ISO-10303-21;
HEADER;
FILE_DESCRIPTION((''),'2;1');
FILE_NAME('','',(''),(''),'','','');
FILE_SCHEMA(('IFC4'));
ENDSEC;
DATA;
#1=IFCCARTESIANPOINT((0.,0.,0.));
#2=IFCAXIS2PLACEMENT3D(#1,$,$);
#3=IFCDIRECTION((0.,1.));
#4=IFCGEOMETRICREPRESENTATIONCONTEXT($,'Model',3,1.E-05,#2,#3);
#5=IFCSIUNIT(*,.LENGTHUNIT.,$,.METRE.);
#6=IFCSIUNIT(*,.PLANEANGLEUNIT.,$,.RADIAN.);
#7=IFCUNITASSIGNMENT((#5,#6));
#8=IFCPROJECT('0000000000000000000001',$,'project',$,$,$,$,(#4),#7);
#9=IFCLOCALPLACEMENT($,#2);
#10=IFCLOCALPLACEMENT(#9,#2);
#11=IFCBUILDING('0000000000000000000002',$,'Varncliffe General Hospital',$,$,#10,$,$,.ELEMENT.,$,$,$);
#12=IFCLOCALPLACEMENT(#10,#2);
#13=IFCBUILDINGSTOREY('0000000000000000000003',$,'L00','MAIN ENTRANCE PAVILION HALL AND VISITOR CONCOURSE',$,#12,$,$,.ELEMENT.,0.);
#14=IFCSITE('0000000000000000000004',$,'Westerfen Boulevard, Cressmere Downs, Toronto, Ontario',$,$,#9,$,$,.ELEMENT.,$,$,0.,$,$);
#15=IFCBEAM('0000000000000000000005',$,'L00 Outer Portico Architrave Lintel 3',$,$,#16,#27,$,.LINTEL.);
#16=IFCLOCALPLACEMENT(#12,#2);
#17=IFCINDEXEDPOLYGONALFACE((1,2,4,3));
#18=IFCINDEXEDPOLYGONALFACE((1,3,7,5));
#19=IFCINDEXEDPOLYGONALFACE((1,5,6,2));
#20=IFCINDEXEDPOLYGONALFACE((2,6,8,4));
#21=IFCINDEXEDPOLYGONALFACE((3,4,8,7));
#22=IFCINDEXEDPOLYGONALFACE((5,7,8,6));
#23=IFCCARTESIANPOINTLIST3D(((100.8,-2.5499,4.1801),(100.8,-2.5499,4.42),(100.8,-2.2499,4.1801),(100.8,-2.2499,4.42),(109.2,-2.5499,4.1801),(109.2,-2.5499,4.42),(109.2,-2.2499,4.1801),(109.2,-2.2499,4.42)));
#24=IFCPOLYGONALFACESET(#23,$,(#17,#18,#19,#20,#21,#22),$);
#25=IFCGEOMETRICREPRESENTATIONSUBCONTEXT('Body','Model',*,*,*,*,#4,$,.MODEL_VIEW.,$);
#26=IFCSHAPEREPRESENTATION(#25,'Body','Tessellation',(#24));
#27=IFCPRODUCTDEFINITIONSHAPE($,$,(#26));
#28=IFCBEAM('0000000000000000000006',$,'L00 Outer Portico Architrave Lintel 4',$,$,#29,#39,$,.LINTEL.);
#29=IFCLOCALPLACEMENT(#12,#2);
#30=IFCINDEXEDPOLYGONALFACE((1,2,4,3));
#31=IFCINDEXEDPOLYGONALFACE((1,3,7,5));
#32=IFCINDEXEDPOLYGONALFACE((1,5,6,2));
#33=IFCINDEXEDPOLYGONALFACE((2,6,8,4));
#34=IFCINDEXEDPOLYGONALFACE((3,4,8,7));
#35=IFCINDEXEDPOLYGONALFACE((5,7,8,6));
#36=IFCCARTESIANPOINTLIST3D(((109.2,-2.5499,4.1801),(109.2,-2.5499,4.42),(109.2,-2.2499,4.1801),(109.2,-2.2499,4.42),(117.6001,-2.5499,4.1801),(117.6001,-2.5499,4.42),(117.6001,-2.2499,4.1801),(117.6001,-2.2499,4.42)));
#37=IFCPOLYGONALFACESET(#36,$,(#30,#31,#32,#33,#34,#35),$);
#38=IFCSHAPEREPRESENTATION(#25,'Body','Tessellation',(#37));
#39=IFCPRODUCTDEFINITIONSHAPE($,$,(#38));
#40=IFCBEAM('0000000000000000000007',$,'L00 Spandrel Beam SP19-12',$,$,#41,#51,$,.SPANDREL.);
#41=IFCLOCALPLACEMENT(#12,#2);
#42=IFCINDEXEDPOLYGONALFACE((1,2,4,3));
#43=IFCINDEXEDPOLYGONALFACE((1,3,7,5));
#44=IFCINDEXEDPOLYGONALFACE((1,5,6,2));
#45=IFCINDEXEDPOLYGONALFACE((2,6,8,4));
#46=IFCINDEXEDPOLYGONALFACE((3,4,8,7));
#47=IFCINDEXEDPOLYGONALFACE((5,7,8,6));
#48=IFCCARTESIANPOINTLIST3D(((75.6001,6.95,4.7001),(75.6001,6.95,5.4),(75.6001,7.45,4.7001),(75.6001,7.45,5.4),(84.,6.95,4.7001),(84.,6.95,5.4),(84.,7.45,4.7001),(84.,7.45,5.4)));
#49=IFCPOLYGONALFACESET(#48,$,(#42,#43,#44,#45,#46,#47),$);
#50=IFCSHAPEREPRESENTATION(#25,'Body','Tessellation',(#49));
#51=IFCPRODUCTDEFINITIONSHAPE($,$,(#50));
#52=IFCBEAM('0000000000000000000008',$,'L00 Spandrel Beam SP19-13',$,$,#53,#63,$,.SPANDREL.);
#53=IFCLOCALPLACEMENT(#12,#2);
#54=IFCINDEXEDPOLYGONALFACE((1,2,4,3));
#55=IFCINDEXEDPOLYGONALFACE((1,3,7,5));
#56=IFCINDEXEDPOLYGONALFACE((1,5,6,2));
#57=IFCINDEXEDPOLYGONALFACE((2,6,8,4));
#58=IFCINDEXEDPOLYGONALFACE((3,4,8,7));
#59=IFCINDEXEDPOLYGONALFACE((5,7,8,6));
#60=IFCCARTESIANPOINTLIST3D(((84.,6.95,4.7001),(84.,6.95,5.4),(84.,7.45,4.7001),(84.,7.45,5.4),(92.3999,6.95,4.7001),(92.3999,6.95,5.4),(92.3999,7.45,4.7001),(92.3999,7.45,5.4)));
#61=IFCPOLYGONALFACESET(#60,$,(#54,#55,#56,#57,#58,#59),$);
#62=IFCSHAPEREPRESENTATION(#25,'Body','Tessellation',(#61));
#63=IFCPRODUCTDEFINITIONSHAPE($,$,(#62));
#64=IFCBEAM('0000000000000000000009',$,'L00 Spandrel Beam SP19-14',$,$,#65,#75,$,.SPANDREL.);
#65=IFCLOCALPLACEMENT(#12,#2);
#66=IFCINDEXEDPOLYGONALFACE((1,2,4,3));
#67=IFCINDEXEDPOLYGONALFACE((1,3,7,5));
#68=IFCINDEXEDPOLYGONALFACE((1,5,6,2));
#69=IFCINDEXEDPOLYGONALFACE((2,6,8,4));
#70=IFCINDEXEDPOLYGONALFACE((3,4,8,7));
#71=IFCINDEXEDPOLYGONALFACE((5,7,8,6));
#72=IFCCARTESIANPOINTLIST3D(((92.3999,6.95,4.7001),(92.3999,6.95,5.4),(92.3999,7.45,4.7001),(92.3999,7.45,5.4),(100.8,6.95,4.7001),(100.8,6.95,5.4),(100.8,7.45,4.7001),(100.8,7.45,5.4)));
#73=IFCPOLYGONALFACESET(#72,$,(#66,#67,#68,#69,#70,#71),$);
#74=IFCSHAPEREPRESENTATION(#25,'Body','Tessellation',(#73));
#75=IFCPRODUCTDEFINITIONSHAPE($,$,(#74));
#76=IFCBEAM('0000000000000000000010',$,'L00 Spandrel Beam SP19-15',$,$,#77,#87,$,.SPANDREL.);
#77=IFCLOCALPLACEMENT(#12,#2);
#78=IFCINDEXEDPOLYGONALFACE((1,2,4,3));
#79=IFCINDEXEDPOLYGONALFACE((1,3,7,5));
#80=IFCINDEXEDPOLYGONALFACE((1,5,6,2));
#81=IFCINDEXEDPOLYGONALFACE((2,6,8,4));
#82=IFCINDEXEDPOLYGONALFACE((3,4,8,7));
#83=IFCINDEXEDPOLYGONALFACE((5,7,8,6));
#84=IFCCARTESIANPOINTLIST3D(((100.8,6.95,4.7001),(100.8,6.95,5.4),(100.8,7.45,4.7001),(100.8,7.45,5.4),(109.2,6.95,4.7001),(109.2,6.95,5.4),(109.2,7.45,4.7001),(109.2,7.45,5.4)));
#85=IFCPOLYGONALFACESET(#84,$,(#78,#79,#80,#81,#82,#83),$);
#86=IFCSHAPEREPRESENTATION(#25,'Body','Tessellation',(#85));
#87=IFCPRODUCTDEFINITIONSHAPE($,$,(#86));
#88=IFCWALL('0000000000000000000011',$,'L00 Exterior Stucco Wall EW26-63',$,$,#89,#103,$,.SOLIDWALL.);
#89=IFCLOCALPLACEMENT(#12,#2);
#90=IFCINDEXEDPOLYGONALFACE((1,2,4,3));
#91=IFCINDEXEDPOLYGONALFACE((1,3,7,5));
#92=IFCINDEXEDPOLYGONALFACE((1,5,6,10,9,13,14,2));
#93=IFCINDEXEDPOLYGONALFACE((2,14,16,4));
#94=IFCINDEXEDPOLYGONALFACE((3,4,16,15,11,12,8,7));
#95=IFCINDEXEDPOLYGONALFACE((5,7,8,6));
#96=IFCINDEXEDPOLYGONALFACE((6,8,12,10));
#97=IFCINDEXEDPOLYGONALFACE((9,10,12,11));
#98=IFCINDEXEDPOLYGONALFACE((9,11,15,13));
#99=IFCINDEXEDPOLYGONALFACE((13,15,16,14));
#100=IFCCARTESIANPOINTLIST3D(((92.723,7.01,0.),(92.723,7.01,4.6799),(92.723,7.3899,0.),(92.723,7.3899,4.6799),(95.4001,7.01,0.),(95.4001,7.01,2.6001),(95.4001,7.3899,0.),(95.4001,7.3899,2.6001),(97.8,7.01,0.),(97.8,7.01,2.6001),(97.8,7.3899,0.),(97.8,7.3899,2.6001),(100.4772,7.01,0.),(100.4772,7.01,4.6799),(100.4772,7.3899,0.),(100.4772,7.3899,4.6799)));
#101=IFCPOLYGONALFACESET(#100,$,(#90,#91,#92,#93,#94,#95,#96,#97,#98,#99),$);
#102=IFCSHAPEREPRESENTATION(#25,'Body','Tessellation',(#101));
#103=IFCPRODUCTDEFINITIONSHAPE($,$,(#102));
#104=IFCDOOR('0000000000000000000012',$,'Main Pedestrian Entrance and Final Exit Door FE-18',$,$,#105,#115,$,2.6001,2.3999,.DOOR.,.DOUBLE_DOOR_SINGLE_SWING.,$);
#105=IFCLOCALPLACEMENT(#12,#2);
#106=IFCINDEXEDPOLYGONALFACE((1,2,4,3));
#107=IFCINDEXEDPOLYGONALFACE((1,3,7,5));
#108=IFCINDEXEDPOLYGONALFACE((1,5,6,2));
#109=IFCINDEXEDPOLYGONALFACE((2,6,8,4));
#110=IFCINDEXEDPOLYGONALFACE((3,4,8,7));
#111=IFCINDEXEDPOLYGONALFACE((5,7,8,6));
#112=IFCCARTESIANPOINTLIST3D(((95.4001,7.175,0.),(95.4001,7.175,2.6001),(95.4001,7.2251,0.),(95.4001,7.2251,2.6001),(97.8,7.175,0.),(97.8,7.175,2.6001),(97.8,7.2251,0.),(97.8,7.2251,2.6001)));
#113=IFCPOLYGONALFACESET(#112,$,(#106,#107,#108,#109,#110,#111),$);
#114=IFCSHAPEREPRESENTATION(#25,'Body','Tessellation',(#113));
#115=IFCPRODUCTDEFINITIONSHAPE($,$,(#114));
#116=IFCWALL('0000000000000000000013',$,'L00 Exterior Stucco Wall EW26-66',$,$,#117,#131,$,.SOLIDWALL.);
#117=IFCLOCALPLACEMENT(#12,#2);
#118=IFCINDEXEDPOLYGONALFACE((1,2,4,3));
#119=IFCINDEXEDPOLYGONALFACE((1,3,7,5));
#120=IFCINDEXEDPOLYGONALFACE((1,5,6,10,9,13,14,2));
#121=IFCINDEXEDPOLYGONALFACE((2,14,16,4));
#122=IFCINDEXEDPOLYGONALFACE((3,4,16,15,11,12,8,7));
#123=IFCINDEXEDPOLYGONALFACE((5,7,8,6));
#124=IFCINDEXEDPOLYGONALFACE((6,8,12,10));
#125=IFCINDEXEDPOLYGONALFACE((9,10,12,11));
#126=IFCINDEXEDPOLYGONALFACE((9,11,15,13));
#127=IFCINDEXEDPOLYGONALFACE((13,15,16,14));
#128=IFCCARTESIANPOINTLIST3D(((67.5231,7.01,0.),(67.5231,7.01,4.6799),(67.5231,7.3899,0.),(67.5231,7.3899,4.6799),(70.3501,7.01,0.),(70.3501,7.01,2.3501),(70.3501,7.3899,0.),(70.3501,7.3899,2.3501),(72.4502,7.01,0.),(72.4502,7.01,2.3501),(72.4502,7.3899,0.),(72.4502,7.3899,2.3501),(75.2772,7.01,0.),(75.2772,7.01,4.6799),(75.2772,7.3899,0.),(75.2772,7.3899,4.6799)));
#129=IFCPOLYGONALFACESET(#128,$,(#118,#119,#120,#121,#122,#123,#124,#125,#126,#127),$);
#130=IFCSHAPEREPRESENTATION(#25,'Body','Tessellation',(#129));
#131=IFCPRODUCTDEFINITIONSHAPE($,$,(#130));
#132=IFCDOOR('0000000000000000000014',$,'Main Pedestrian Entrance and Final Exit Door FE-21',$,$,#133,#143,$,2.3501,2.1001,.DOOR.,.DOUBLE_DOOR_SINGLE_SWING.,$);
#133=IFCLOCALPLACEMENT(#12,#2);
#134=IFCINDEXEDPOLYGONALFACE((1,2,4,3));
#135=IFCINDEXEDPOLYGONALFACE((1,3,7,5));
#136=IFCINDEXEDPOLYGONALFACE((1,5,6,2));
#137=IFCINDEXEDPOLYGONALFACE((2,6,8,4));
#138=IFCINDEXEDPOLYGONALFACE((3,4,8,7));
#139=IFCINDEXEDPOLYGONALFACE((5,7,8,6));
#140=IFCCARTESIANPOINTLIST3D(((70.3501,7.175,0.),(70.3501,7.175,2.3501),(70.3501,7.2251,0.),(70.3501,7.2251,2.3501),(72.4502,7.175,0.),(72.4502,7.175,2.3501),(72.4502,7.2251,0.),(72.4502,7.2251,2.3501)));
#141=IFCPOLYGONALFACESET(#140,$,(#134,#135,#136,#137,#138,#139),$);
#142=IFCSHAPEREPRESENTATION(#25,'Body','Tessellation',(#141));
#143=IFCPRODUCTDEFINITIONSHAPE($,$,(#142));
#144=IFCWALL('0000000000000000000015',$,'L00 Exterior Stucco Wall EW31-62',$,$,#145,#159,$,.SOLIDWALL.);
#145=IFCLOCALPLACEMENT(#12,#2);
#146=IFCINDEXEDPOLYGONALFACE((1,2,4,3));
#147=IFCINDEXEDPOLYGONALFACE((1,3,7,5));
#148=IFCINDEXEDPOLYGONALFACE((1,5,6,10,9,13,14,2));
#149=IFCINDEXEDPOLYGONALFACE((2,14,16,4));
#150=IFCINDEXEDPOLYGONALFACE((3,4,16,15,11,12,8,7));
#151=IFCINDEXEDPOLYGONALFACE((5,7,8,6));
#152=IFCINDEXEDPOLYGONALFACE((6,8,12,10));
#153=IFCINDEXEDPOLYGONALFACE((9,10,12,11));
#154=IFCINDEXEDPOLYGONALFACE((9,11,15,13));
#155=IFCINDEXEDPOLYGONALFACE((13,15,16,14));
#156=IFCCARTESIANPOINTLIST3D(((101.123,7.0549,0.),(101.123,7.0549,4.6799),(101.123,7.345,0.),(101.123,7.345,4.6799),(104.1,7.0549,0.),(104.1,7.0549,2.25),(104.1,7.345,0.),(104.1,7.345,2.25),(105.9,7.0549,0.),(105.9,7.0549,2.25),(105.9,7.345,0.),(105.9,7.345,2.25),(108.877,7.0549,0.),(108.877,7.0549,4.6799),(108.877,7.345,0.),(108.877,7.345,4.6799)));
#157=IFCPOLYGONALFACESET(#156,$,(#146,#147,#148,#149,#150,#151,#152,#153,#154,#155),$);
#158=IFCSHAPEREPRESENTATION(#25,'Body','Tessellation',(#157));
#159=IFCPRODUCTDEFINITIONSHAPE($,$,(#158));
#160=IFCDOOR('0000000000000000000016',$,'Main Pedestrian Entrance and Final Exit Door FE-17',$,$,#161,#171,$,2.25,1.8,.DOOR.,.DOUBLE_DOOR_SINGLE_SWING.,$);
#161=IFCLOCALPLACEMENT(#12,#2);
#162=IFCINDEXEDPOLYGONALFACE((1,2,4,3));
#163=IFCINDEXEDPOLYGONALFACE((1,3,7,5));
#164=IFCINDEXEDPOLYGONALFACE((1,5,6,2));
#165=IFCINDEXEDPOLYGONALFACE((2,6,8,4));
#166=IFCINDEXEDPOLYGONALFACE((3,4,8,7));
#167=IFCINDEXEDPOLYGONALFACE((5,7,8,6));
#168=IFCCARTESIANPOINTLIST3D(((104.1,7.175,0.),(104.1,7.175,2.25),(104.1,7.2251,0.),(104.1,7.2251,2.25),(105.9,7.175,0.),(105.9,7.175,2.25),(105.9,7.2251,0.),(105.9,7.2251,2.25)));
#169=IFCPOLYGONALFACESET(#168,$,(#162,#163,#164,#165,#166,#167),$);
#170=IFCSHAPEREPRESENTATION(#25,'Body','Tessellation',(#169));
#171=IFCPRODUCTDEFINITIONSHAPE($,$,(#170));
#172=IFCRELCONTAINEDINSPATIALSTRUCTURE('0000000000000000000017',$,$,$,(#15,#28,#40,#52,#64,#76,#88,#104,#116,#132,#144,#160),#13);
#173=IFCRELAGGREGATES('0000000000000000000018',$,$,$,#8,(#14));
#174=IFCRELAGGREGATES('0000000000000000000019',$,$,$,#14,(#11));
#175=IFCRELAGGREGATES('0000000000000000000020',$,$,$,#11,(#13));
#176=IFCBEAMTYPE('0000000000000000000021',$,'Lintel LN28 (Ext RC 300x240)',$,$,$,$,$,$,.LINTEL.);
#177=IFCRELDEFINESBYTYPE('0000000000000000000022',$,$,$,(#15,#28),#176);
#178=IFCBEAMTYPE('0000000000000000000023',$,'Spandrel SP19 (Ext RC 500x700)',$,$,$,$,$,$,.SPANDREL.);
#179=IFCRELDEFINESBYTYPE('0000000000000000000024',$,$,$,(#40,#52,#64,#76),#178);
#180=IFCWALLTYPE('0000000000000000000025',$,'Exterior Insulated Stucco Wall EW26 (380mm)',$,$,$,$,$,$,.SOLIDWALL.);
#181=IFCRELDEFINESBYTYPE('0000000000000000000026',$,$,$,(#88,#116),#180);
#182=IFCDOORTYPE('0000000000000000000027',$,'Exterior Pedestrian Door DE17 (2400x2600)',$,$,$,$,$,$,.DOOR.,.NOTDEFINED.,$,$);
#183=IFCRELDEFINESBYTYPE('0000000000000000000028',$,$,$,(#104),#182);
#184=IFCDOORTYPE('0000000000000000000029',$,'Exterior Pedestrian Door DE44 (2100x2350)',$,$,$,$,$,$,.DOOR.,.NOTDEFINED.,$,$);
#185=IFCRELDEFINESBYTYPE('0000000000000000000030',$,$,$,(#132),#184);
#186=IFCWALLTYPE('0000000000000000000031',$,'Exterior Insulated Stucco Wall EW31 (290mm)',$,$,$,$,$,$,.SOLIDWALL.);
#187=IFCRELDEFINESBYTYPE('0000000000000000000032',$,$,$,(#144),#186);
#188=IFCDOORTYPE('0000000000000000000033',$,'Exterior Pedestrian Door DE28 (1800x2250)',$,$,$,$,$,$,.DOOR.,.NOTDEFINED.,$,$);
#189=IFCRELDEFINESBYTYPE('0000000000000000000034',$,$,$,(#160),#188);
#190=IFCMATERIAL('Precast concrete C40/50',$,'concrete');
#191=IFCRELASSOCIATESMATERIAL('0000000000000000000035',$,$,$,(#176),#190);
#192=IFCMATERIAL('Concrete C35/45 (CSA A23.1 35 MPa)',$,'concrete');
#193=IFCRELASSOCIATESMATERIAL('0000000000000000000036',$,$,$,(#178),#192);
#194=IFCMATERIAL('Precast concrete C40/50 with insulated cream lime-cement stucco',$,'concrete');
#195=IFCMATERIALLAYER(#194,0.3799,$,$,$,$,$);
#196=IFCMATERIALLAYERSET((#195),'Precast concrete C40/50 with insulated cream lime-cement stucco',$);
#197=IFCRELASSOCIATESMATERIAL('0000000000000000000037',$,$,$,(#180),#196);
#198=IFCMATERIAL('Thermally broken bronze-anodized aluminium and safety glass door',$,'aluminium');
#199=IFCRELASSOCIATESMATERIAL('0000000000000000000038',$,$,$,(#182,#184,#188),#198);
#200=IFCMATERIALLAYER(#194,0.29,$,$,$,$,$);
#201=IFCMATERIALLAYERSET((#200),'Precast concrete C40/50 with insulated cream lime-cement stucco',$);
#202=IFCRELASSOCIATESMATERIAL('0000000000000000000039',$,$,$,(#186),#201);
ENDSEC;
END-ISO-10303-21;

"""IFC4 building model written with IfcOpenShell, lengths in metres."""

from ifc_helpers import new_model, si_unit, direction, frame, frame_2d, origin, origin_2d, place, context, subcontext, project, spatial, rectangle, extrude, material, layer, layer_set, material_profile, profile_set, type_object, element, fill, save


model = new_model("IFC4")

# Units and contexts
model_context = context("Model", 3, precision=1e-05, world=origin(), true_north=direction((0.0, 1.0)))
body_context = subcontext(model_context, "Body", "Model", "MODEL_VIEW")
ifc_project = project(units=[si_unit("LENGTHUNIT", "METRE"), si_unit("PLANEANGLEUNIT", "RADIAN")], contexts=[model_context])

# Site, building, storey
site_placement = place(None, origin())
site = spatial("IfcSite", under=ifc_project, at=site_placement, Name="Westerfen Boulevard, Cressmere Downs, Toronto, Ontario", CompositionType="ELEMENT", RefElevation=0.0)
building_placement = place(site_placement, origin())
building = spatial("IfcBuilding", under=site, at=building_placement, Name="Varncliffe General Hospital", CompositionType="ELEMENT")
storey_placement = place(building_placement, origin())
storey = spatial("IfcBuildingStorey", under=building, at=storey_placement, Name="L00", Description="MAIN ENTRANCE PAVILION HALL AND VISITOR CONCOURSE", CompositionType="ELEMENT", Elevation=0.0)

# Beams
ifc_material_1 = material(Name="Precast concrete C40/50", Category="concrete")
ifc_material_profile_1 = material_profile(ifc_material_1, rectangle(XDim=0.3, YDim=0.24, at=origin_2d()), Name="RC 300x240")
ifc_profile_set_1 = profile_set([ifc_material_profile_1], Name="Precast concrete C40/50")
beam_type_1 = type_object("IfcBeamType", Name="Lintel LN28 (Ext RC 300x240)", PredefinedType="LINTEL", material=ifc_profile_set_1)
beam_1_placement = place(storey_placement, frame((100.8, -2.3999, 4.3), z_axis=(1.0, 0.0, 0.0), x_axis=(0.0, 1.0, 0.0)))
element("IfcBeam", 1, at=beam_1_placement, inside=storey, type_object=beam_type_1, Name="L00 Outer Portico Architrave Lintel 3", PredefinedType="LINTEL", context=body_context, shape_type="SweptSolid", body=[
    extrude(rectangle(XDim=0.3, YDim=0.24, at=origin_2d()), origin(), (0.0, 0.0, 1.0), 8.3999),
])
beam_2_placement = place(storey_placement, frame((109.2, -2.3999, 4.3), z_axis=(1.0, 0.0, 0.0), x_axis=(0.0, 1.0, 0.0)))
element("IfcBeam", 2, at=beam_2_placement, inside=storey, type_object=beam_type_1, Name="L00 Outer Portico Architrave Lintel 4", PredefinedType="LINTEL", context=body_context, shape_type="SweptSolid", body=[
    extrude(rectangle(XDim=0.3, YDim=0.24, at=origin_2d()), origin(), (0.0, 0.0, 1.0), 8.4001),
])
ifc_material_2 = material(Name="Concrete C35/45 (CSA A23.1 35 MPa)", Category="concrete")
ifc_material_profile_2 = material_profile(ifc_material_2, rectangle(XDim=0.5, YDim=0.7, at=origin_2d()), Name="RC 500x700")
ifc_profile_set_2 = profile_set([ifc_material_profile_2], Name="Concrete C35/45 (CSA A23.1 35 MPa)")
beam_type_2 = type_object("IfcBeamType", Name="Spandrel SP19 (Ext RC 500x700)", PredefinedType="SPANDREL", material=ifc_profile_set_2)
for number, where, z_axis, x_axis, name in (
    (3, (75.6001, 7.2, 5.05), (1.0, 0.0, 0.0), (0.0, 1.0, 0.0), "L00 Spandrel Beam SP19-12"),
    (4, (84.0, 7.2, 5.05), (1.0, 0.0, 0.0), (0.0, 1.0, 0.0), "L00 Spandrel Beam SP19-13"),
):
    element("IfcBeam", number, at=place(storey_placement, frame(where, z_axis=z_axis, x_axis=x_axis)), inside=storey, type_object=beam_type_2, Name=name, PredefinedType="SPANDREL", context=body_context, shape_type="SweptSolid", body=[
        extrude(rectangle(XDim=0.5, YDim=0.7, at=origin_2d()), origin(), (0.0, 0.0, 1.0), 8.3999),
    ])
beam_3_placement = place(storey_placement, frame((92.3999, 7.2, 5.05), z_axis=(1.0, 0.0, 0.0), x_axis=(0.0, 1.0, 0.0)))
element("IfcBeam", 5, at=beam_3_placement, inside=storey, type_object=beam_type_2, Name="L00 Spandrel Beam SP19-14", PredefinedType="SPANDREL", context=body_context, shape_type="SweptSolid", body=[
    extrude(rectangle(XDim=0.5, YDim=0.7, at=origin_2d()), origin(), (0.0, 0.0, 1.0), 8.4001),
])
beam_4_placement = place(storey_placement, frame((100.8, 7.2, 5.05), z_axis=(1.0, 0.0, 0.0), x_axis=(0.0, 1.0, 0.0)))
element("IfcBeam", 6, at=beam_4_placement, inside=storey, type_object=beam_type_2, Name="L00 Spandrel Beam SP19-15", PredefinedType="SPANDREL", context=body_context, shape_type="SweptSolid", body=[
    extrude(rectangle(XDim=0.5, YDim=0.7, at=origin_2d()), origin(), (0.0, 0.0, 1.0), 8.3999),
])

# Walls, openings, doors
ifc_material_3 = material(Name="Precast concrete C40/50 with insulated cream lime-cement stucco", Category="concrete")
ifc_layer_1 = layer(ifc_material_3, 0.3799)
ifc_layer_set_1 = layer_set([ifc_layer_1], Name="Precast concrete C40/50 with insulated cream lime-cement stucco")
wall_type_1 = type_object("IfcWallType", Name="Exterior Insulated Stucco Wall EW26 (380mm)", PredefinedType="SOLIDWALL", material=ifc_layer_set_1)
wall_1_placement = place(storey_placement, frame((100.4771, 7.2, 0.0), z_axis=(0.0, 0.0, 1.0), x_axis=(-1.0, 0.0, 0.0)))
wall_1 = element("IfcWall", 7, at=wall_1_placement, inside=storey, type_object=wall_type_1, Name="L00 Exterior Stucco Wall EW26-63", PredefinedType="SOLIDWALL", context=body_context, shape_type="SweptSolid", body=[
    extrude(rectangle(XDim=7.7542, YDim=0.3799, at=frame_2d((3.877, 0.0))), origin(), (0.0, 0.0, 1.0), 4.6799),
])
opening_1_placement = place(wall_1_placement, frame((2.677, 0.0, 0.0)))
opening_1 = element("IfcOpeningElement", 8, at=opening_1_placement, cuts=wall_1, PredefinedType="OPENING", context=body_context, shape_type="SweptSolid", body=[
    extrude(rectangle(XDim=2.3999, YDim=2.6001, at=frame_2d((1.2, 1.3))), frame((0.0, 0.2, 0.0), z_axis=(0.0, -1.0, 0.0), x_axis=(1.0, 0.0, 0.0)), (0.0, 0.0, 1.0), 0.3999),
])
ifc_material_4 = material(Name="Thermally broken bronze-anodized aluminium and safety glass door", Category="aluminium")
door_type_1 = type_object("IfcDoorType", Name="Exterior Pedestrian Door DE17 (2400x2600)", OperationType="NOTDEFINED", PredefinedType="DOOR", material=ifc_material_4)
door_1_placement = place(opening_1_placement, origin())
door_1 = element("IfcDoor", 9, at=door_1_placement, inside=storey, type_object=door_type_1, Name="Main Pedestrian Entrance and Final Exit Door FE-18", OperationType="DOUBLE_DOOR_SINGLE_SWING", OverallHeight=2.6001, OverallWidth=2.3999, PredefinedType="DOOR", context=body_context, shape_type="SweptSolid", body=[
    extrude(rectangle(XDim=2.3999, YDim=2.6001, at=frame_2d((1.2, 1.3))), frame((0.0, 0.0249, 0.0), z_axis=(0.0, -1.0, 0.0), x_axis=(1.0, 0.0, 0.0)), (0.0, 0.0, 1.0), 0.05),
])
fill(opening_1, door_1)
wall_2_placement = place(storey_placement, frame((75.2771, 7.2, 0.0), z_axis=(0.0, 0.0, 1.0), x_axis=(-1.0, 0.0, 0.0)))
wall_2 = element("IfcWall", 10, at=wall_2_placement, inside=storey, type_object=wall_type_1, Name="L00 Exterior Stucco Wall EW26-66", PredefinedType="SOLIDWALL", context=body_context, shape_type="SweptSolid", body=[
    extrude(rectangle(XDim=7.7542, YDim=0.3799, at=frame_2d((3.877, 0.0))), origin(), (0.0, 0.0, 1.0), 4.6799),
])
opening_2_placement = place(wall_2_placement, frame((2.8269, 0.0, 0.0)))
opening_2 = element("IfcOpeningElement", 11, at=opening_2_placement, cuts=wall_2, PredefinedType="OPENING", context=body_context, shape_type="SweptSolid", body=[
    extrude(rectangle(XDim=2.1001, YDim=2.3501, at=frame_2d((1.05, 1.175))), frame((0.0, 0.2, 0.0), z_axis=(0.0, -1.0, 0.0), x_axis=(1.0, 0.0, 0.0)), (0.0, 0.0, 1.0), 0.3999),
])
door_type_2 = type_object("IfcDoorType", Name="Exterior Pedestrian Door DE44 (2100x2350)", OperationType="NOTDEFINED", PredefinedType="DOOR", material=ifc_material_4)
door_2_placement = place(opening_2_placement, origin())
door_2 = element("IfcDoor", 12, at=door_2_placement, inside=storey, type_object=door_type_2, Name="Main Pedestrian Entrance and Final Exit Door FE-21", OperationType="DOUBLE_DOOR_SINGLE_SWING", OverallHeight=2.3501, OverallWidth=2.1001, PredefinedType="DOOR", context=body_context, shape_type="SweptSolid", body=[
    extrude(rectangle(XDim=2.1001, YDim=2.3501, at=frame_2d((1.05, 1.175))), frame((0.0, 0.0249, 0.0), z_axis=(0.0, -1.0, 0.0), x_axis=(1.0, 0.0, 0.0)), (0.0, 0.0, 1.0), 0.05),
])
fill(opening_2, door_2)
ifc_layer_2 = layer(ifc_material_3, 0.29)
ifc_layer_set_2 = layer_set([ifc_layer_2], Name="Precast concrete C40/50 with insulated cream lime-cement stucco")
wall_type_2 = type_object("IfcWallType", Name="Exterior Insulated Stucco Wall EW31 (290mm)", PredefinedType="SOLIDWALL", material=ifc_layer_set_2)
wall_3_placement = place(storey_placement, frame((108.877, 7.2, 0.0), z_axis=(0.0, 0.0, 1.0), x_axis=(-1.0, 0.0, 0.0)))
wall_3 = element("IfcWall", 13, at=wall_3_placement, inside=storey, type_object=wall_type_2, Name="L00 Exterior Stucco Wall EW31-62", PredefinedType="SOLIDWALL", context=body_context, shape_type="SweptSolid", body=[
    extrude(rectangle(XDim=7.7539, YDim=0.29, at=frame_2d((3.877, 0.0))), origin(), (0.0, 0.0, 1.0), 4.6799),
])
opening_3_placement = place(wall_3_placement, frame((2.9771, 0.0, 0.0)))
opening_3 = element("IfcOpeningElement", 14, at=opening_3_placement, cuts=wall_3, PredefinedType="OPENING", context=body_context, shape_type="SweptSolid", body=[
    extrude(rectangle(XDim=1.8, YDim=2.25, at=frame_2d((0.8999, 1.125))), frame((0.0, 0.155, 0.0), z_axis=(0.0, -1.0, 0.0), x_axis=(1.0, 0.0, 0.0)), (0.0, 0.0, 1.0), 0.3101),
])
door_type_3 = type_object("IfcDoorType", Name="Exterior Pedestrian Door DE28 (1800x2250)", OperationType="NOTDEFINED", PredefinedType="DOOR", material=ifc_material_4)
door_3_placement = place(opening_3_placement, origin())
door_3 = element("IfcDoor", 15, at=door_3_placement, inside=storey, type_object=door_type_3, Name="Main Pedestrian Entrance and Final Exit Door FE-17", OperationType="DOUBLE_DOOR_SINGLE_SWING", OverallHeight=2.25, OverallWidth=1.8, PredefinedType="DOOR", context=body_context, shape_type="SweptSolid", body=[
    extrude(rectangle(XDim=1.8, YDim=2.25, at=frame_2d((0.8999, 1.125))), frame((0.0, 0.0249, 0.0), z_axis=(0.0, -1.0, 0.0), x_axis=(1.0, 0.0, 0.0)), (0.0, 0.0, 1.0), 0.05),
])
fill(opening_3, door_3)

save(model, "model.ifc")
